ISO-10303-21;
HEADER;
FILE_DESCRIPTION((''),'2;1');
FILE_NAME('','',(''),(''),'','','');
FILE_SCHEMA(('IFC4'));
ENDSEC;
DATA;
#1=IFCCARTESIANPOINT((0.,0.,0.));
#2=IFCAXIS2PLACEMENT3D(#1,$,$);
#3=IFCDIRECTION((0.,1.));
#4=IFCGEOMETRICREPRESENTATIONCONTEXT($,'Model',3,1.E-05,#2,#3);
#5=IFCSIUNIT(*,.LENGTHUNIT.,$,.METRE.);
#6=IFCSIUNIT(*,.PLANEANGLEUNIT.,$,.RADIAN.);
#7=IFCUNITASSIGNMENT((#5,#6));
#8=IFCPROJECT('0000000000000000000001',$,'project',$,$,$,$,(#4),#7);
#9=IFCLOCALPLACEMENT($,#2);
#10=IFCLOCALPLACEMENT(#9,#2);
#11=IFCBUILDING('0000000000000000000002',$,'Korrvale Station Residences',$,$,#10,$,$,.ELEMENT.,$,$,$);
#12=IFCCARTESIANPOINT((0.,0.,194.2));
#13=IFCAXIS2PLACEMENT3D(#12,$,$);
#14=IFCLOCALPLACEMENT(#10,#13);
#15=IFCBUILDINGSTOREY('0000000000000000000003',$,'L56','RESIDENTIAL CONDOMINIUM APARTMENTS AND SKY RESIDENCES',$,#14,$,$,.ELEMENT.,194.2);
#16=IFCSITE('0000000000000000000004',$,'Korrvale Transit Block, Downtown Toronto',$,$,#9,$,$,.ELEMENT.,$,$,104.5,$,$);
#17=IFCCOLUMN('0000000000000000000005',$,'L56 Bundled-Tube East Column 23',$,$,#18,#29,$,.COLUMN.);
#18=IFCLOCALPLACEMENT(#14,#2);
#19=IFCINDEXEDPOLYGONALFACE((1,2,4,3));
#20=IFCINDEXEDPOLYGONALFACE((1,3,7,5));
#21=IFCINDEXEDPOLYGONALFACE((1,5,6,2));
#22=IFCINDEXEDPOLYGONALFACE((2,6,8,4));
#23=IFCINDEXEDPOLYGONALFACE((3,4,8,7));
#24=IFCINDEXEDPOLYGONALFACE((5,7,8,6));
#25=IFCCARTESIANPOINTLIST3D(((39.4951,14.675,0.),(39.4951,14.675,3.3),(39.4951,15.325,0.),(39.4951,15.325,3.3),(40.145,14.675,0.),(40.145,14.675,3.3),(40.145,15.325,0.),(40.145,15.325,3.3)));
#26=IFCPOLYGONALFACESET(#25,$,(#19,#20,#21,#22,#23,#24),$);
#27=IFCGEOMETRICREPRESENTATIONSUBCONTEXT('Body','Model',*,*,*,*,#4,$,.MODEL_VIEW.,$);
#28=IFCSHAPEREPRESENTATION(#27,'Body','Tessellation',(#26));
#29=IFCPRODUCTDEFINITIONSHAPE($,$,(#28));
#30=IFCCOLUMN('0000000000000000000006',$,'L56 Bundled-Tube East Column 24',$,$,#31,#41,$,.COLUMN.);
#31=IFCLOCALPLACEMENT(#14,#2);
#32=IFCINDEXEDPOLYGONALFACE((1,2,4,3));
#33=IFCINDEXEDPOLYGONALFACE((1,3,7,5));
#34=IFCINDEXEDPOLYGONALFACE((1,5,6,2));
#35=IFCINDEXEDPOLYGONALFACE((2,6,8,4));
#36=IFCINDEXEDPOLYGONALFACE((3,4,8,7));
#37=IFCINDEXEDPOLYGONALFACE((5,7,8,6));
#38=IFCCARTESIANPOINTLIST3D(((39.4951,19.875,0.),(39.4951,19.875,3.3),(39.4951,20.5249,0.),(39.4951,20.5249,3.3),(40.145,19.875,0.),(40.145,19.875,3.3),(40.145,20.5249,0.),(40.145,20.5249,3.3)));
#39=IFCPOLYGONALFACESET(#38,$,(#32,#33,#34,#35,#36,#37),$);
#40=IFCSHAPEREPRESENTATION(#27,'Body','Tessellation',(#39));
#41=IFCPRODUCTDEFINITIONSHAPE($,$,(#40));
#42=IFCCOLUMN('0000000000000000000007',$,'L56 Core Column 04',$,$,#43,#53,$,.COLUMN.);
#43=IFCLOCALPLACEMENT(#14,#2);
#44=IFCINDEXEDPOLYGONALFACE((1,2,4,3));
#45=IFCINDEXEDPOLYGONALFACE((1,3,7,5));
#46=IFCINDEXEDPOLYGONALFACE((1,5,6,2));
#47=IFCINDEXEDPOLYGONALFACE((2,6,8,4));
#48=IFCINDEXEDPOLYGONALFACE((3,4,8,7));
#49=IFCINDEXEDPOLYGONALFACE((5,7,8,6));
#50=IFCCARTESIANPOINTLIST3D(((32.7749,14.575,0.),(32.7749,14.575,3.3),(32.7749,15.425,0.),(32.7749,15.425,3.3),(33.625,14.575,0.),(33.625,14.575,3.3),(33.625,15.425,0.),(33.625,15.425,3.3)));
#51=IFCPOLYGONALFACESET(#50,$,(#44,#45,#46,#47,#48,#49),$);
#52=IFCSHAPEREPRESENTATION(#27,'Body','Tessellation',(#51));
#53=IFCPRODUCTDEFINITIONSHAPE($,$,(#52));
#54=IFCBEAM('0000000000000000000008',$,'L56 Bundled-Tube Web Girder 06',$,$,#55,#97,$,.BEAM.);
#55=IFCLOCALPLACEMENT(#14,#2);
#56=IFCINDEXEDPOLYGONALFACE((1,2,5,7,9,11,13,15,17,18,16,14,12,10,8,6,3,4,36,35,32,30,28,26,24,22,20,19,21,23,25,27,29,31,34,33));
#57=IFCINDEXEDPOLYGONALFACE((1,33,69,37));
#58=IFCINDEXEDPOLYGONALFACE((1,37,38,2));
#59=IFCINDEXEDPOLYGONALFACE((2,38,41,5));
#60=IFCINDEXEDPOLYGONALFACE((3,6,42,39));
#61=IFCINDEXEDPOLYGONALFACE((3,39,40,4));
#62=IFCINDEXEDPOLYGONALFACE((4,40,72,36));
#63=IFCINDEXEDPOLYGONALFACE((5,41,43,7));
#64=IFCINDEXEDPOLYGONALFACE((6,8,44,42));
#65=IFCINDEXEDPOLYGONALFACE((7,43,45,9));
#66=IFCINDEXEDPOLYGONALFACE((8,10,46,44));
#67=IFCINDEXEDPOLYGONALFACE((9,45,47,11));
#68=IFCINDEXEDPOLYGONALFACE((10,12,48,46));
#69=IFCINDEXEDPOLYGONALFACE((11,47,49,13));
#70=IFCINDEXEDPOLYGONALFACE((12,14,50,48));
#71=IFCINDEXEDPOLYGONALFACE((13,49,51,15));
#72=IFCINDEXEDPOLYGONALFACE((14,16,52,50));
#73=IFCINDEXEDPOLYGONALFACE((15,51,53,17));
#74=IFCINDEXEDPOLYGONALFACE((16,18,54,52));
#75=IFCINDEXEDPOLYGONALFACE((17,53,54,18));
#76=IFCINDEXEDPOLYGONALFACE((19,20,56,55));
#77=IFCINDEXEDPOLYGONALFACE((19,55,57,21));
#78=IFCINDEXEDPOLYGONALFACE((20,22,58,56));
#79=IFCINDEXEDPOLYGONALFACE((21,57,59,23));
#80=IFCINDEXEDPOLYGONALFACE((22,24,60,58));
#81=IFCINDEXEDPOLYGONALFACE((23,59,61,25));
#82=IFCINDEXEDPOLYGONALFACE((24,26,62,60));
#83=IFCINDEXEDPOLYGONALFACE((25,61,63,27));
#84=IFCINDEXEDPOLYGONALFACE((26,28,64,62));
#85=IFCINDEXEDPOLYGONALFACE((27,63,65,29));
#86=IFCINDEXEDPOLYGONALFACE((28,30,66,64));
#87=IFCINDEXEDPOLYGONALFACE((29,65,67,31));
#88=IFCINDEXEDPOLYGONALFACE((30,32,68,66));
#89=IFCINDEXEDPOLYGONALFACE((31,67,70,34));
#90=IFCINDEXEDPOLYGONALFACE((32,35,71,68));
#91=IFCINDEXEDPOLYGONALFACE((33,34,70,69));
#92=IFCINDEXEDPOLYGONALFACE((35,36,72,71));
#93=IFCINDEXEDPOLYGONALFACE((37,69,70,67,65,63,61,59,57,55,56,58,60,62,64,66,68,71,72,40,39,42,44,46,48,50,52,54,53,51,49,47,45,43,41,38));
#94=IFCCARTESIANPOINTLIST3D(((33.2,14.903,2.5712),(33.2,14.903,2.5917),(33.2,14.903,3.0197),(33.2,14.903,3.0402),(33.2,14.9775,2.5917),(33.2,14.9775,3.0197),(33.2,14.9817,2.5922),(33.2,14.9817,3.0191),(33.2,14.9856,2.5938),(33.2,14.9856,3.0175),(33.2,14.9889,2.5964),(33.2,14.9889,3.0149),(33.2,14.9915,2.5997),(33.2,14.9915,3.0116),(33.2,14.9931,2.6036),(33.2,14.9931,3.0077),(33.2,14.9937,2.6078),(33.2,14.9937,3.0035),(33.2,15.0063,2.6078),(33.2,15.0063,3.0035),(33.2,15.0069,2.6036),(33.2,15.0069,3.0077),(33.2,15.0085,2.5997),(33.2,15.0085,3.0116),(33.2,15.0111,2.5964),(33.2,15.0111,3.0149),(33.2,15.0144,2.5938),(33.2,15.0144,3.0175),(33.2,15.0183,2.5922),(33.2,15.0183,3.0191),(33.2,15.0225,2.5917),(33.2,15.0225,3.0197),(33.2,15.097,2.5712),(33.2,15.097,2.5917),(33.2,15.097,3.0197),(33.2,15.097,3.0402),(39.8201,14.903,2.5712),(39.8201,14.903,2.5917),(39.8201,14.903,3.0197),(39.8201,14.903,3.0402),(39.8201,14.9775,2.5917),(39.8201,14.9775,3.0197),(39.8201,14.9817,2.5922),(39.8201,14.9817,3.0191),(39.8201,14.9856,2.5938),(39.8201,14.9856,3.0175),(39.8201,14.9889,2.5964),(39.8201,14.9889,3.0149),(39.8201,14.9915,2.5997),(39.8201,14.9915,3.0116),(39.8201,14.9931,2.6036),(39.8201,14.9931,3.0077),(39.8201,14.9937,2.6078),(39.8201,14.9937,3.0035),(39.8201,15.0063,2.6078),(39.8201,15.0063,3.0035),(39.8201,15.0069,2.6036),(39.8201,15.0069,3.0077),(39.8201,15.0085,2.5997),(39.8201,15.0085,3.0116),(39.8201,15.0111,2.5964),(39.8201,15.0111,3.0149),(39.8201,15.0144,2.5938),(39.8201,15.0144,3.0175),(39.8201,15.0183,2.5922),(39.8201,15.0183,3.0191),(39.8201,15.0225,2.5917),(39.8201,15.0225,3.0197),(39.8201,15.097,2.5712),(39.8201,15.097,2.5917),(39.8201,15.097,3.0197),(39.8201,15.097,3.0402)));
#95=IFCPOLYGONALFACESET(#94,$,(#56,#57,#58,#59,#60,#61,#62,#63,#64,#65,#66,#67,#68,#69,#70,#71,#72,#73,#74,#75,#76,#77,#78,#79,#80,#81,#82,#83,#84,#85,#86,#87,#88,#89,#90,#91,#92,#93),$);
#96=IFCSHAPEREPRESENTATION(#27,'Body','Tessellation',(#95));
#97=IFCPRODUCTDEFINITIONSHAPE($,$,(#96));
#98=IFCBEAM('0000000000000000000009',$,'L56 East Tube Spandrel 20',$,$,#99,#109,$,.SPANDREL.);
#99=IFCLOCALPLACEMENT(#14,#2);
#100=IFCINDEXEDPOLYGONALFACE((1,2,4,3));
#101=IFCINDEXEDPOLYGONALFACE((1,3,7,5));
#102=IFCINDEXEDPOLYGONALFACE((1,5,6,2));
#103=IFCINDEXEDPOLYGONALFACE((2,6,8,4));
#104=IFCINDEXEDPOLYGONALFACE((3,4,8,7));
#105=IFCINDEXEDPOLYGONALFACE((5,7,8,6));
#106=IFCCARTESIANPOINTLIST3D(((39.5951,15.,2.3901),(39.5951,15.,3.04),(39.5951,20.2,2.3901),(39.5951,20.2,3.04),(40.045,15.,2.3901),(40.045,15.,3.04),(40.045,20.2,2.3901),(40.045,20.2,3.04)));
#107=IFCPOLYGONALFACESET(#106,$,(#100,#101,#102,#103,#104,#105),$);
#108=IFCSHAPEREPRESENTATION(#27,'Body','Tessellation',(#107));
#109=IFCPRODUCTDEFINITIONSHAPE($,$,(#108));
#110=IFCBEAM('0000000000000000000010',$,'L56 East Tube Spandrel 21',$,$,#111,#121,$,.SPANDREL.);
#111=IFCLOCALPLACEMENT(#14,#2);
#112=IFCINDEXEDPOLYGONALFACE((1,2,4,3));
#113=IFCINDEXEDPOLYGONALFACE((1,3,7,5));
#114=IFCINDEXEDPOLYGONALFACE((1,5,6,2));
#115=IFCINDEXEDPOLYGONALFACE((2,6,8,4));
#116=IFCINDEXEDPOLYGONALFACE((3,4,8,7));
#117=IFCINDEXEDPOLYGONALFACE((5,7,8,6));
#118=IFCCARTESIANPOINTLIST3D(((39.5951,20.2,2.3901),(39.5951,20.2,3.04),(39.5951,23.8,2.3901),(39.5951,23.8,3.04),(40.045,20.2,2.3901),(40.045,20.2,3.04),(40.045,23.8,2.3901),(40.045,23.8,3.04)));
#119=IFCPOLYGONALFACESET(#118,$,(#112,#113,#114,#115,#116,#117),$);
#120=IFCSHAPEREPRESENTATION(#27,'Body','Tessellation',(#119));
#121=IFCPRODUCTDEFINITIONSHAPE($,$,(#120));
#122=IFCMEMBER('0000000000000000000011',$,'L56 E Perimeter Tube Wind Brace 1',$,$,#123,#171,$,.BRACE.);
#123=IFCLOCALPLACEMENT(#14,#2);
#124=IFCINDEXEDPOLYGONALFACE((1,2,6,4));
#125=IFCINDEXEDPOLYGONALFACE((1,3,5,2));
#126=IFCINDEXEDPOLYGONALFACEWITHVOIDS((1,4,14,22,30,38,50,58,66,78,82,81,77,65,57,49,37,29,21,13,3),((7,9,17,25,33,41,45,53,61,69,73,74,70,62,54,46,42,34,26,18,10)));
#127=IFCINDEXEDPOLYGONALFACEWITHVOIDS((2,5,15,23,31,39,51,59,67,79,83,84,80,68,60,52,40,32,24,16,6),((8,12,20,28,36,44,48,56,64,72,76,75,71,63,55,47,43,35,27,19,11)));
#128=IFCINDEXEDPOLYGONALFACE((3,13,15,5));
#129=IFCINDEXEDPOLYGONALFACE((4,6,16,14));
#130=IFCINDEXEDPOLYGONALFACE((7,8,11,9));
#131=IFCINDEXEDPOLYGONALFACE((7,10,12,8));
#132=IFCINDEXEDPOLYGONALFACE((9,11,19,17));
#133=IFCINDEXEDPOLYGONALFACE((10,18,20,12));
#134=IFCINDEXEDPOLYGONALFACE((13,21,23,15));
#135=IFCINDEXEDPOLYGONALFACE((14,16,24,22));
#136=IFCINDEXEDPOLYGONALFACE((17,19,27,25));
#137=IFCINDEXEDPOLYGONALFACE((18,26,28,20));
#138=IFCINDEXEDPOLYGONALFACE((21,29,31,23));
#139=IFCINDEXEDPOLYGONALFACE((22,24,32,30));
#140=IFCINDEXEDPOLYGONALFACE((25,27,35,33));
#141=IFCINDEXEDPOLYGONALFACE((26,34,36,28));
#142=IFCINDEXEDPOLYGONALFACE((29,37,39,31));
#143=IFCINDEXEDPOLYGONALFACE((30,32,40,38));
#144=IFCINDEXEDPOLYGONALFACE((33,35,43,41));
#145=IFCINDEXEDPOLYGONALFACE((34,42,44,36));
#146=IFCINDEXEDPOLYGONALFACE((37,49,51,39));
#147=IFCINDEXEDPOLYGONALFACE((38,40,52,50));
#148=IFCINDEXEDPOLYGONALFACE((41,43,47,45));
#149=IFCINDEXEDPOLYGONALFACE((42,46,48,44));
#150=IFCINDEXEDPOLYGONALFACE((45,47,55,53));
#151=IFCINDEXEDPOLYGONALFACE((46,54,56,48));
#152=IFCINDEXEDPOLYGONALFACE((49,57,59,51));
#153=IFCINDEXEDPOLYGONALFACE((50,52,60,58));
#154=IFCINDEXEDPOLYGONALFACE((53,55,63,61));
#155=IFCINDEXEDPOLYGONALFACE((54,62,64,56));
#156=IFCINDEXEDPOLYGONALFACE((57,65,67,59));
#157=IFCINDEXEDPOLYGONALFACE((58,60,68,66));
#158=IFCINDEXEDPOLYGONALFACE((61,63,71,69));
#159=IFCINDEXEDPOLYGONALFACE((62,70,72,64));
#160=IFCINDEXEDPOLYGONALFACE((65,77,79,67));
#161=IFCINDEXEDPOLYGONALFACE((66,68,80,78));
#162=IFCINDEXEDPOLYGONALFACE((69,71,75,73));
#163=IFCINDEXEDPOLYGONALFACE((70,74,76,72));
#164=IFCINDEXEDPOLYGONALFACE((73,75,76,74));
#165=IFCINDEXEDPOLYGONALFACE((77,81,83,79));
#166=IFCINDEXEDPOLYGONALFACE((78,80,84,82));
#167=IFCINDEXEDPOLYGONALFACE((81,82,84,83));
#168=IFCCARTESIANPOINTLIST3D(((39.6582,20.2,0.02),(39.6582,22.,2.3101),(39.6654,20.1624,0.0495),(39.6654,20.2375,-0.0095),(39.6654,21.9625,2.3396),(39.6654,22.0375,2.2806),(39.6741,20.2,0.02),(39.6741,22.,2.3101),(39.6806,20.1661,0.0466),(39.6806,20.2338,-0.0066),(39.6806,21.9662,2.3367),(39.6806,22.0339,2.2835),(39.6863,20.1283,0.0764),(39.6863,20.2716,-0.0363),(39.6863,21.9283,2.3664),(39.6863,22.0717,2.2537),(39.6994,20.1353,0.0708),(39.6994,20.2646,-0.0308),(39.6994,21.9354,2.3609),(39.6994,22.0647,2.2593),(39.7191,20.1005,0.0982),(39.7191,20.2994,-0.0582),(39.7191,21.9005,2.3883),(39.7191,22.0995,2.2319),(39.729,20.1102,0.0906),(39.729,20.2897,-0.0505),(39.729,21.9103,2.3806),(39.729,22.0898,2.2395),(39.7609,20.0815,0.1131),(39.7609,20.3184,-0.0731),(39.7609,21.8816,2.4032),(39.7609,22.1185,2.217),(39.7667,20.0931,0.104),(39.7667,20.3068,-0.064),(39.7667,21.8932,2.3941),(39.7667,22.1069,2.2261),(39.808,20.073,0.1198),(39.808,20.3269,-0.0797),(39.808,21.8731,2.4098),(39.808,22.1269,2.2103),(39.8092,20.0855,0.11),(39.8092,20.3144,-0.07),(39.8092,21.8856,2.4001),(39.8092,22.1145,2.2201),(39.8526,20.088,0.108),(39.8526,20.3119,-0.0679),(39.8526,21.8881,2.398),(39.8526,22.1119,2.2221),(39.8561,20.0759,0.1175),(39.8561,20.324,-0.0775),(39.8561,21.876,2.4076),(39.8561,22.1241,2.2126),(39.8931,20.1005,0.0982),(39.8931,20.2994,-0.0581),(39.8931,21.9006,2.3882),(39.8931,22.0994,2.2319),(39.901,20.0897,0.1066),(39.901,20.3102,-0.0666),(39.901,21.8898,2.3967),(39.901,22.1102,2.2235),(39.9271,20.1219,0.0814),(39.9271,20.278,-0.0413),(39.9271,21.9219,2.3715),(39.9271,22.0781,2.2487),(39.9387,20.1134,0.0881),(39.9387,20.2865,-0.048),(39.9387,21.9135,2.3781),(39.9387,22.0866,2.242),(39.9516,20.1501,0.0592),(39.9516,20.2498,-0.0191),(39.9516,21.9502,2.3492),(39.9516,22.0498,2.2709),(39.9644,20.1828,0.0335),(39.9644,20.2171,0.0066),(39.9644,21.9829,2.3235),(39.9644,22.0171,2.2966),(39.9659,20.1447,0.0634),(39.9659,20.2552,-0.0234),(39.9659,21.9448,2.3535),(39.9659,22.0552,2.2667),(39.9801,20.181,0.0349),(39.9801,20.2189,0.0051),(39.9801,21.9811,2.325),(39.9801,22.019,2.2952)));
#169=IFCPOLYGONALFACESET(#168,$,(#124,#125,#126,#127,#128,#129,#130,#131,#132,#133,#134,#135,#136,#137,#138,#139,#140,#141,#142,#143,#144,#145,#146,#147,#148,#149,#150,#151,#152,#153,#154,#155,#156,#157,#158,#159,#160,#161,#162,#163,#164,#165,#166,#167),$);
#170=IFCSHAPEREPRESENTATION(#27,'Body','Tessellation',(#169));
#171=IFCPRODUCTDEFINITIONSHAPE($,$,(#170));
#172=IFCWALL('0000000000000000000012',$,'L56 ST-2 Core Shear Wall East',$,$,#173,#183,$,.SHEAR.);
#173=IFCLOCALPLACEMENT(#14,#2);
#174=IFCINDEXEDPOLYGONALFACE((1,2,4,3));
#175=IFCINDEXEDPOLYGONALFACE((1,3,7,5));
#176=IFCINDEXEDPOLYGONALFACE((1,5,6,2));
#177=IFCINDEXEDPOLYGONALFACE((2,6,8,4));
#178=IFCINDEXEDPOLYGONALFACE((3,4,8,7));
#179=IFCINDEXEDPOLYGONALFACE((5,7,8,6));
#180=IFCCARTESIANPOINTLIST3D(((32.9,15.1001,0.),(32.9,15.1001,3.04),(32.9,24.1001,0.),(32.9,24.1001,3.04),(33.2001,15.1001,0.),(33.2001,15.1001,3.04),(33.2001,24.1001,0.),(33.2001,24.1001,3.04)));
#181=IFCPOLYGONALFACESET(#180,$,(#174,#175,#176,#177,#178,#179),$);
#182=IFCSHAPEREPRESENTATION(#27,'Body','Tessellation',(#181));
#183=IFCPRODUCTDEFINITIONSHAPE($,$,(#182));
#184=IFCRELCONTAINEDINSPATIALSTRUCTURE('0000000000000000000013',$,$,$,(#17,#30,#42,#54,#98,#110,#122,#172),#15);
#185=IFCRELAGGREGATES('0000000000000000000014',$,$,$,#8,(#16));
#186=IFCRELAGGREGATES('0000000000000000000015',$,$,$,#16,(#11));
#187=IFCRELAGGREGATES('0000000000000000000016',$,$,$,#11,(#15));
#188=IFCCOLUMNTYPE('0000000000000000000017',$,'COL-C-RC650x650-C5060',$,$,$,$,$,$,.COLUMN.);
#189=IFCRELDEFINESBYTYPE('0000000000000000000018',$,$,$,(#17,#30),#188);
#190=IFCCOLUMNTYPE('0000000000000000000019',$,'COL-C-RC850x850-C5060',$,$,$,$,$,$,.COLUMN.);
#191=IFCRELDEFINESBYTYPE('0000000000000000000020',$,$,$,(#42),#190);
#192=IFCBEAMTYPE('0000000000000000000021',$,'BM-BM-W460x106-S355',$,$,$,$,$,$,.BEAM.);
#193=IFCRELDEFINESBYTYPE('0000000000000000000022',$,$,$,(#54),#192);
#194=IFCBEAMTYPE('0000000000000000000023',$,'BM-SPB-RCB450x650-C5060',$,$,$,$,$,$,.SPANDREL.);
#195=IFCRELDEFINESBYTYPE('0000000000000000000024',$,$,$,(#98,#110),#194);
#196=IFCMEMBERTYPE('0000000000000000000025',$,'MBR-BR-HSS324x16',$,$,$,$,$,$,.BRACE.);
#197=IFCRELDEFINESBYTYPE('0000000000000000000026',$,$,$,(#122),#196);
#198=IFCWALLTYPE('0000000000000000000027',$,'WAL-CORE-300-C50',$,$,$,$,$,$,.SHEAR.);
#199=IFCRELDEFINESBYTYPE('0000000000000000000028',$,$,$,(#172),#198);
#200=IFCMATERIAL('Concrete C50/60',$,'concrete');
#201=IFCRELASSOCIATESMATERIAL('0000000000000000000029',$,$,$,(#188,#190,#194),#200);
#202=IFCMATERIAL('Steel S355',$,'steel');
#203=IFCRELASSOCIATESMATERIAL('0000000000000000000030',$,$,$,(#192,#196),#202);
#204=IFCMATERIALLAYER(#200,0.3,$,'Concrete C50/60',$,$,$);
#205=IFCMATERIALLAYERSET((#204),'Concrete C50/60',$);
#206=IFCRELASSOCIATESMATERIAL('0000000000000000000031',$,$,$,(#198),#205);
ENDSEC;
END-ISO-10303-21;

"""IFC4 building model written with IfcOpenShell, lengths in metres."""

from ifc_helpers import new_model, si_unit, direction, frame, frame_2d, origin, origin_2d, place, context, subcontext, project, spatial, rectangle, hollow_circle, i_section, extrude, material, layer, layer_set, material_profile, profile_set, type_object, element, save


model = new_model("IFC4")

# Units and contexts
model_context = context("Model", 3, precision=1e-05, world=origin(), true_north=direction((0.0, 1.0)))
body_context = subcontext(model_context, "Body", "Model", "MODEL_VIEW")
ifc_project = project(units=[si_unit("LENGTHUNIT", "METRE"), si_unit("PLANEANGLEUNIT", "RADIAN")], contexts=[model_context])

# Site, building, storey
site_placement = place(None, origin())
site = spatial("IfcSite", under=ifc_project, at=site_placement, Name="Korrvale Transit Block, Downtown Toronto", CompositionType="ELEMENT", RefElevation=104.5)
building_placement = place(site_placement, origin())
building = spatial("IfcBuilding", under=site, at=building_placement, Name="Korrvale Station Residences", CompositionType="ELEMENT")
storey_placement = place(building_placement, frame((0.0, 0.0, 194.2)))
storey = spatial("IfcBuildingStorey", under=building, at=storey_placement, Name="L56", Description="RESIDENTIAL CONDOMINIUM APARTMENTS AND SKY RESIDENCES", CompositionType="ELEMENT", Elevation=194.2)

# Columns
ifc_material_1 = material(Name="Concrete C50/60", Category="concrete")
ifc_material_profile_1 = material_profile(ifc_material_1, rectangle(XDim=0.6499, YDim=0.6499, at=origin_2d()), Name="RC650x650")
ifc_profile_set_1 = profile_set([ifc_material_profile_1], Name="Concrete C50/60")
column_type_1 = type_object("IfcColumnType", Name="COL-C-RC650x650-C5060", PredefinedType="COLUMN", material=ifc_profile_set_1)
for number, where, z_axis, x_axis, name in (
    (1, (39.8201, 15.0, 0.0), (0.0, 0.0, 1.0), (1.0, 0.0, 0.0), "L56 Bundled-Tube East Column 23"),
    (2, (39.8201, 20.2, 0.0), (0.0, 0.0, 1.0), (1.0, 0.0, 0.0), "L56 Bundled-Tube East Column 24"),
):
    element("IfcColumn", number, at=place(storey_placement, frame(where, z_axis=z_axis, x_axis=x_axis)), inside=storey, type_object=column_type_1, Name=name, PredefinedType="COLUMN", context=body_context, shape_type="SweptSolid", body=[
        extrude(rectangle(XDim=0.6499, YDim=0.6499, at=origin_2d()), origin(), (0.0, 0.0, 1.0), 3.3),
    ])
ifc_material_profile_2 = material_profile(ifc_material_1, rectangle(XDim=0.8501, YDim=0.8501, at=origin_2d()), Name="RC850x850")
ifc_profile_set_2 = profile_set([ifc_material_profile_2], Name="Concrete C50/60")
column_type_2 = type_object("IfcColumnType", Name="COL-C-RC850x850-C5060", PredefinedType="COLUMN", material=ifc_profile_set_2)
column_placement = place(storey_placement, frame((33.2, 15.0, 0.0), z_axis=(0.0, 0.0, 1.0), x_axis=(1.0, 0.0, 0.0)))
element("IfcColumn", 3, at=column_placement, inside=storey, type_object=column_type_2, Name="L56 Core Column 04", PredefinedType="COLUMN", context=body_context, shape_type="SweptSolid", body=[
    extrude(rectangle(XDim=0.8501, YDim=0.8501, at=origin_2d()), origin(), (0.0, 0.0, 1.0), 3.3),
])

# Beams
ifc_material_2 = material(Name="Steel S355", Category="steel")
ifc_material_profile_3 = material_profile(ifc_material_2, i_section(OverallWidth=0.1941, OverallDepth=0.469, WebThickness=0.0127, FlangeThickness=0.0205, FilletRadius=0.0161, at=origin_2d()), Name="W460x106")
ifc_profile_set_3 = profile_set([ifc_material_profile_3], Name="Steel S355")
beam_type_1 = type_object("IfcBeamType", Name="BM-BM-W460x106-S355", PredefinedType="BEAM", material=ifc_profile_set_3)
beam_1_placement = place(storey_placement, frame((33.2, 15.0, 2.8057), z_axis=(1.0, 0.0, 0.0), x_axis=(0.0, 1.0, 0.0)))
element("IfcBeam", 4, at=beam_1_placement, inside=storey, type_object=beam_type_1, Name="L56 Bundled-Tube Web Girder 06", PredefinedType="BEAM", context=body_context, shape_type="SweptSolid", body=[
    extrude(i_section(OverallWidth=0.1941, OverallDepth=0.469, WebThickness=0.0127, FlangeThickness=0.0205, FilletRadius=0.0161, at=origin_2d()), origin(), (0.0, 0.0, 1.0), 6.6201),
])
ifc_material_profile_4 = material_profile(ifc_material_1, rectangle(XDim=0.45, YDim=0.6499, at=origin_2d()), Name="RCB450x650")
ifc_profile_set_4 = profile_set([ifc_material_profile_4], Name="Concrete C50/60")
beam_type_2 = type_object("IfcBeamType", Name="BM-SPB-RCB450x650-C5060", PredefinedType="SPANDREL", material=ifc_profile_set_4)
beam_2_placement = place(storey_placement, frame((39.8201, 15.0, 2.7151), z_axis=(0.0, 1.0, 0.0), x_axis=(-1.0, 0.0, 0.0)))
element("IfcBeam", 5, at=beam_2_placement, inside=storey, type_object=beam_type_2, Name="L56 East Tube Spandrel 20", PredefinedType="SPANDREL", context=body_context, shape_type="SweptSolid", body=[
    extrude(rectangle(XDim=0.45, YDim=0.6499, at=origin_2d()), origin(), (0.0, 0.0, 1.0), 5.2),
])
beam_3_placement = place(storey_placement, frame((39.8201, 20.2, 2.7151), z_axis=(0.0, 1.0, 0.0), x_axis=(-1.0, 0.0, 0.0)))
element("IfcBeam", 6, at=beam_3_placement, inside=storey, type_object=beam_type_2, Name="L56 East Tube Spandrel 21", PredefinedType="SPANDREL", context=body_context, shape_type="SweptSolid", body=[
    extrude(rectangle(XDim=0.45, YDim=0.6499, at=origin_2d()), origin(), (0.0, 0.0, 1.0), 3.6001),
])

# Member
ifc_material_profile_5 = material_profile(ifc_material_2, hollow_circle(Radius=0.1619, WallThickness=0.0159, at=origin_2d()), Name="HSS324x16")
ifc_profile_set_5 = profile_set([ifc_material_profile_5], Name="Steel S355")
member_type = type_object("IfcMemberType", Name="MBR-BR-HSS324x16", PredefinedType="BRACE", material=ifc_profile_set_5)
member_placement = place(storey_placement, frame((39.8201, 20.2, 0.02), z_axis=(0.0, 0.617977, 0.786196), x_axis=(-1.0, 0.0, 0.0)))
element("IfcMember", 7, at=member_placement, inside=storey, type_object=member_type, Name="L56 E Perimeter Tube Wind Brace 1", PredefinedType="BRACE", context=body_context, shape_type="SweptSolid", body=[
    extrude(hollow_circle(Radius=0.1619, WallThickness=0.0159, at=origin_2d()), origin(), (0.0, 0.0, 1.0), 2.9128),
])

# Wall
ifc_layer_1 = layer(ifc_material_1, 0.3, Name="Concrete C50/60")
ifc_layer_set_1 = layer_set([ifc_layer_1], Name="Concrete C50/60")
wall_type_1 = type_object("IfcWallType", Name="WAL-CORE-300-C50", PredefinedType="SHEAR", material=ifc_layer_set_1)
wall_1_placement = place(storey_placement, frame((33.05, 15.1001, 0.0), z_axis=(0.0, 0.0, 1.0), x_axis=(0.0, 1.0, 0.0)))
element("IfcWall", 8, at=wall_1_placement, inside=storey, type_object=wall_type_1, Name="L56 ST-2 Core Shear Wall East", PredefinedType="SHEAR", context=body_context, shape_type="SweptSolid", body=[
    extrude(rectangle(XDim=9.0, YDim=0.3, at=frame_2d((4.5, 0.0))), origin(), (0.0, 0.0, 1.0), 3.04),
])

save(model, "model.ifc")
